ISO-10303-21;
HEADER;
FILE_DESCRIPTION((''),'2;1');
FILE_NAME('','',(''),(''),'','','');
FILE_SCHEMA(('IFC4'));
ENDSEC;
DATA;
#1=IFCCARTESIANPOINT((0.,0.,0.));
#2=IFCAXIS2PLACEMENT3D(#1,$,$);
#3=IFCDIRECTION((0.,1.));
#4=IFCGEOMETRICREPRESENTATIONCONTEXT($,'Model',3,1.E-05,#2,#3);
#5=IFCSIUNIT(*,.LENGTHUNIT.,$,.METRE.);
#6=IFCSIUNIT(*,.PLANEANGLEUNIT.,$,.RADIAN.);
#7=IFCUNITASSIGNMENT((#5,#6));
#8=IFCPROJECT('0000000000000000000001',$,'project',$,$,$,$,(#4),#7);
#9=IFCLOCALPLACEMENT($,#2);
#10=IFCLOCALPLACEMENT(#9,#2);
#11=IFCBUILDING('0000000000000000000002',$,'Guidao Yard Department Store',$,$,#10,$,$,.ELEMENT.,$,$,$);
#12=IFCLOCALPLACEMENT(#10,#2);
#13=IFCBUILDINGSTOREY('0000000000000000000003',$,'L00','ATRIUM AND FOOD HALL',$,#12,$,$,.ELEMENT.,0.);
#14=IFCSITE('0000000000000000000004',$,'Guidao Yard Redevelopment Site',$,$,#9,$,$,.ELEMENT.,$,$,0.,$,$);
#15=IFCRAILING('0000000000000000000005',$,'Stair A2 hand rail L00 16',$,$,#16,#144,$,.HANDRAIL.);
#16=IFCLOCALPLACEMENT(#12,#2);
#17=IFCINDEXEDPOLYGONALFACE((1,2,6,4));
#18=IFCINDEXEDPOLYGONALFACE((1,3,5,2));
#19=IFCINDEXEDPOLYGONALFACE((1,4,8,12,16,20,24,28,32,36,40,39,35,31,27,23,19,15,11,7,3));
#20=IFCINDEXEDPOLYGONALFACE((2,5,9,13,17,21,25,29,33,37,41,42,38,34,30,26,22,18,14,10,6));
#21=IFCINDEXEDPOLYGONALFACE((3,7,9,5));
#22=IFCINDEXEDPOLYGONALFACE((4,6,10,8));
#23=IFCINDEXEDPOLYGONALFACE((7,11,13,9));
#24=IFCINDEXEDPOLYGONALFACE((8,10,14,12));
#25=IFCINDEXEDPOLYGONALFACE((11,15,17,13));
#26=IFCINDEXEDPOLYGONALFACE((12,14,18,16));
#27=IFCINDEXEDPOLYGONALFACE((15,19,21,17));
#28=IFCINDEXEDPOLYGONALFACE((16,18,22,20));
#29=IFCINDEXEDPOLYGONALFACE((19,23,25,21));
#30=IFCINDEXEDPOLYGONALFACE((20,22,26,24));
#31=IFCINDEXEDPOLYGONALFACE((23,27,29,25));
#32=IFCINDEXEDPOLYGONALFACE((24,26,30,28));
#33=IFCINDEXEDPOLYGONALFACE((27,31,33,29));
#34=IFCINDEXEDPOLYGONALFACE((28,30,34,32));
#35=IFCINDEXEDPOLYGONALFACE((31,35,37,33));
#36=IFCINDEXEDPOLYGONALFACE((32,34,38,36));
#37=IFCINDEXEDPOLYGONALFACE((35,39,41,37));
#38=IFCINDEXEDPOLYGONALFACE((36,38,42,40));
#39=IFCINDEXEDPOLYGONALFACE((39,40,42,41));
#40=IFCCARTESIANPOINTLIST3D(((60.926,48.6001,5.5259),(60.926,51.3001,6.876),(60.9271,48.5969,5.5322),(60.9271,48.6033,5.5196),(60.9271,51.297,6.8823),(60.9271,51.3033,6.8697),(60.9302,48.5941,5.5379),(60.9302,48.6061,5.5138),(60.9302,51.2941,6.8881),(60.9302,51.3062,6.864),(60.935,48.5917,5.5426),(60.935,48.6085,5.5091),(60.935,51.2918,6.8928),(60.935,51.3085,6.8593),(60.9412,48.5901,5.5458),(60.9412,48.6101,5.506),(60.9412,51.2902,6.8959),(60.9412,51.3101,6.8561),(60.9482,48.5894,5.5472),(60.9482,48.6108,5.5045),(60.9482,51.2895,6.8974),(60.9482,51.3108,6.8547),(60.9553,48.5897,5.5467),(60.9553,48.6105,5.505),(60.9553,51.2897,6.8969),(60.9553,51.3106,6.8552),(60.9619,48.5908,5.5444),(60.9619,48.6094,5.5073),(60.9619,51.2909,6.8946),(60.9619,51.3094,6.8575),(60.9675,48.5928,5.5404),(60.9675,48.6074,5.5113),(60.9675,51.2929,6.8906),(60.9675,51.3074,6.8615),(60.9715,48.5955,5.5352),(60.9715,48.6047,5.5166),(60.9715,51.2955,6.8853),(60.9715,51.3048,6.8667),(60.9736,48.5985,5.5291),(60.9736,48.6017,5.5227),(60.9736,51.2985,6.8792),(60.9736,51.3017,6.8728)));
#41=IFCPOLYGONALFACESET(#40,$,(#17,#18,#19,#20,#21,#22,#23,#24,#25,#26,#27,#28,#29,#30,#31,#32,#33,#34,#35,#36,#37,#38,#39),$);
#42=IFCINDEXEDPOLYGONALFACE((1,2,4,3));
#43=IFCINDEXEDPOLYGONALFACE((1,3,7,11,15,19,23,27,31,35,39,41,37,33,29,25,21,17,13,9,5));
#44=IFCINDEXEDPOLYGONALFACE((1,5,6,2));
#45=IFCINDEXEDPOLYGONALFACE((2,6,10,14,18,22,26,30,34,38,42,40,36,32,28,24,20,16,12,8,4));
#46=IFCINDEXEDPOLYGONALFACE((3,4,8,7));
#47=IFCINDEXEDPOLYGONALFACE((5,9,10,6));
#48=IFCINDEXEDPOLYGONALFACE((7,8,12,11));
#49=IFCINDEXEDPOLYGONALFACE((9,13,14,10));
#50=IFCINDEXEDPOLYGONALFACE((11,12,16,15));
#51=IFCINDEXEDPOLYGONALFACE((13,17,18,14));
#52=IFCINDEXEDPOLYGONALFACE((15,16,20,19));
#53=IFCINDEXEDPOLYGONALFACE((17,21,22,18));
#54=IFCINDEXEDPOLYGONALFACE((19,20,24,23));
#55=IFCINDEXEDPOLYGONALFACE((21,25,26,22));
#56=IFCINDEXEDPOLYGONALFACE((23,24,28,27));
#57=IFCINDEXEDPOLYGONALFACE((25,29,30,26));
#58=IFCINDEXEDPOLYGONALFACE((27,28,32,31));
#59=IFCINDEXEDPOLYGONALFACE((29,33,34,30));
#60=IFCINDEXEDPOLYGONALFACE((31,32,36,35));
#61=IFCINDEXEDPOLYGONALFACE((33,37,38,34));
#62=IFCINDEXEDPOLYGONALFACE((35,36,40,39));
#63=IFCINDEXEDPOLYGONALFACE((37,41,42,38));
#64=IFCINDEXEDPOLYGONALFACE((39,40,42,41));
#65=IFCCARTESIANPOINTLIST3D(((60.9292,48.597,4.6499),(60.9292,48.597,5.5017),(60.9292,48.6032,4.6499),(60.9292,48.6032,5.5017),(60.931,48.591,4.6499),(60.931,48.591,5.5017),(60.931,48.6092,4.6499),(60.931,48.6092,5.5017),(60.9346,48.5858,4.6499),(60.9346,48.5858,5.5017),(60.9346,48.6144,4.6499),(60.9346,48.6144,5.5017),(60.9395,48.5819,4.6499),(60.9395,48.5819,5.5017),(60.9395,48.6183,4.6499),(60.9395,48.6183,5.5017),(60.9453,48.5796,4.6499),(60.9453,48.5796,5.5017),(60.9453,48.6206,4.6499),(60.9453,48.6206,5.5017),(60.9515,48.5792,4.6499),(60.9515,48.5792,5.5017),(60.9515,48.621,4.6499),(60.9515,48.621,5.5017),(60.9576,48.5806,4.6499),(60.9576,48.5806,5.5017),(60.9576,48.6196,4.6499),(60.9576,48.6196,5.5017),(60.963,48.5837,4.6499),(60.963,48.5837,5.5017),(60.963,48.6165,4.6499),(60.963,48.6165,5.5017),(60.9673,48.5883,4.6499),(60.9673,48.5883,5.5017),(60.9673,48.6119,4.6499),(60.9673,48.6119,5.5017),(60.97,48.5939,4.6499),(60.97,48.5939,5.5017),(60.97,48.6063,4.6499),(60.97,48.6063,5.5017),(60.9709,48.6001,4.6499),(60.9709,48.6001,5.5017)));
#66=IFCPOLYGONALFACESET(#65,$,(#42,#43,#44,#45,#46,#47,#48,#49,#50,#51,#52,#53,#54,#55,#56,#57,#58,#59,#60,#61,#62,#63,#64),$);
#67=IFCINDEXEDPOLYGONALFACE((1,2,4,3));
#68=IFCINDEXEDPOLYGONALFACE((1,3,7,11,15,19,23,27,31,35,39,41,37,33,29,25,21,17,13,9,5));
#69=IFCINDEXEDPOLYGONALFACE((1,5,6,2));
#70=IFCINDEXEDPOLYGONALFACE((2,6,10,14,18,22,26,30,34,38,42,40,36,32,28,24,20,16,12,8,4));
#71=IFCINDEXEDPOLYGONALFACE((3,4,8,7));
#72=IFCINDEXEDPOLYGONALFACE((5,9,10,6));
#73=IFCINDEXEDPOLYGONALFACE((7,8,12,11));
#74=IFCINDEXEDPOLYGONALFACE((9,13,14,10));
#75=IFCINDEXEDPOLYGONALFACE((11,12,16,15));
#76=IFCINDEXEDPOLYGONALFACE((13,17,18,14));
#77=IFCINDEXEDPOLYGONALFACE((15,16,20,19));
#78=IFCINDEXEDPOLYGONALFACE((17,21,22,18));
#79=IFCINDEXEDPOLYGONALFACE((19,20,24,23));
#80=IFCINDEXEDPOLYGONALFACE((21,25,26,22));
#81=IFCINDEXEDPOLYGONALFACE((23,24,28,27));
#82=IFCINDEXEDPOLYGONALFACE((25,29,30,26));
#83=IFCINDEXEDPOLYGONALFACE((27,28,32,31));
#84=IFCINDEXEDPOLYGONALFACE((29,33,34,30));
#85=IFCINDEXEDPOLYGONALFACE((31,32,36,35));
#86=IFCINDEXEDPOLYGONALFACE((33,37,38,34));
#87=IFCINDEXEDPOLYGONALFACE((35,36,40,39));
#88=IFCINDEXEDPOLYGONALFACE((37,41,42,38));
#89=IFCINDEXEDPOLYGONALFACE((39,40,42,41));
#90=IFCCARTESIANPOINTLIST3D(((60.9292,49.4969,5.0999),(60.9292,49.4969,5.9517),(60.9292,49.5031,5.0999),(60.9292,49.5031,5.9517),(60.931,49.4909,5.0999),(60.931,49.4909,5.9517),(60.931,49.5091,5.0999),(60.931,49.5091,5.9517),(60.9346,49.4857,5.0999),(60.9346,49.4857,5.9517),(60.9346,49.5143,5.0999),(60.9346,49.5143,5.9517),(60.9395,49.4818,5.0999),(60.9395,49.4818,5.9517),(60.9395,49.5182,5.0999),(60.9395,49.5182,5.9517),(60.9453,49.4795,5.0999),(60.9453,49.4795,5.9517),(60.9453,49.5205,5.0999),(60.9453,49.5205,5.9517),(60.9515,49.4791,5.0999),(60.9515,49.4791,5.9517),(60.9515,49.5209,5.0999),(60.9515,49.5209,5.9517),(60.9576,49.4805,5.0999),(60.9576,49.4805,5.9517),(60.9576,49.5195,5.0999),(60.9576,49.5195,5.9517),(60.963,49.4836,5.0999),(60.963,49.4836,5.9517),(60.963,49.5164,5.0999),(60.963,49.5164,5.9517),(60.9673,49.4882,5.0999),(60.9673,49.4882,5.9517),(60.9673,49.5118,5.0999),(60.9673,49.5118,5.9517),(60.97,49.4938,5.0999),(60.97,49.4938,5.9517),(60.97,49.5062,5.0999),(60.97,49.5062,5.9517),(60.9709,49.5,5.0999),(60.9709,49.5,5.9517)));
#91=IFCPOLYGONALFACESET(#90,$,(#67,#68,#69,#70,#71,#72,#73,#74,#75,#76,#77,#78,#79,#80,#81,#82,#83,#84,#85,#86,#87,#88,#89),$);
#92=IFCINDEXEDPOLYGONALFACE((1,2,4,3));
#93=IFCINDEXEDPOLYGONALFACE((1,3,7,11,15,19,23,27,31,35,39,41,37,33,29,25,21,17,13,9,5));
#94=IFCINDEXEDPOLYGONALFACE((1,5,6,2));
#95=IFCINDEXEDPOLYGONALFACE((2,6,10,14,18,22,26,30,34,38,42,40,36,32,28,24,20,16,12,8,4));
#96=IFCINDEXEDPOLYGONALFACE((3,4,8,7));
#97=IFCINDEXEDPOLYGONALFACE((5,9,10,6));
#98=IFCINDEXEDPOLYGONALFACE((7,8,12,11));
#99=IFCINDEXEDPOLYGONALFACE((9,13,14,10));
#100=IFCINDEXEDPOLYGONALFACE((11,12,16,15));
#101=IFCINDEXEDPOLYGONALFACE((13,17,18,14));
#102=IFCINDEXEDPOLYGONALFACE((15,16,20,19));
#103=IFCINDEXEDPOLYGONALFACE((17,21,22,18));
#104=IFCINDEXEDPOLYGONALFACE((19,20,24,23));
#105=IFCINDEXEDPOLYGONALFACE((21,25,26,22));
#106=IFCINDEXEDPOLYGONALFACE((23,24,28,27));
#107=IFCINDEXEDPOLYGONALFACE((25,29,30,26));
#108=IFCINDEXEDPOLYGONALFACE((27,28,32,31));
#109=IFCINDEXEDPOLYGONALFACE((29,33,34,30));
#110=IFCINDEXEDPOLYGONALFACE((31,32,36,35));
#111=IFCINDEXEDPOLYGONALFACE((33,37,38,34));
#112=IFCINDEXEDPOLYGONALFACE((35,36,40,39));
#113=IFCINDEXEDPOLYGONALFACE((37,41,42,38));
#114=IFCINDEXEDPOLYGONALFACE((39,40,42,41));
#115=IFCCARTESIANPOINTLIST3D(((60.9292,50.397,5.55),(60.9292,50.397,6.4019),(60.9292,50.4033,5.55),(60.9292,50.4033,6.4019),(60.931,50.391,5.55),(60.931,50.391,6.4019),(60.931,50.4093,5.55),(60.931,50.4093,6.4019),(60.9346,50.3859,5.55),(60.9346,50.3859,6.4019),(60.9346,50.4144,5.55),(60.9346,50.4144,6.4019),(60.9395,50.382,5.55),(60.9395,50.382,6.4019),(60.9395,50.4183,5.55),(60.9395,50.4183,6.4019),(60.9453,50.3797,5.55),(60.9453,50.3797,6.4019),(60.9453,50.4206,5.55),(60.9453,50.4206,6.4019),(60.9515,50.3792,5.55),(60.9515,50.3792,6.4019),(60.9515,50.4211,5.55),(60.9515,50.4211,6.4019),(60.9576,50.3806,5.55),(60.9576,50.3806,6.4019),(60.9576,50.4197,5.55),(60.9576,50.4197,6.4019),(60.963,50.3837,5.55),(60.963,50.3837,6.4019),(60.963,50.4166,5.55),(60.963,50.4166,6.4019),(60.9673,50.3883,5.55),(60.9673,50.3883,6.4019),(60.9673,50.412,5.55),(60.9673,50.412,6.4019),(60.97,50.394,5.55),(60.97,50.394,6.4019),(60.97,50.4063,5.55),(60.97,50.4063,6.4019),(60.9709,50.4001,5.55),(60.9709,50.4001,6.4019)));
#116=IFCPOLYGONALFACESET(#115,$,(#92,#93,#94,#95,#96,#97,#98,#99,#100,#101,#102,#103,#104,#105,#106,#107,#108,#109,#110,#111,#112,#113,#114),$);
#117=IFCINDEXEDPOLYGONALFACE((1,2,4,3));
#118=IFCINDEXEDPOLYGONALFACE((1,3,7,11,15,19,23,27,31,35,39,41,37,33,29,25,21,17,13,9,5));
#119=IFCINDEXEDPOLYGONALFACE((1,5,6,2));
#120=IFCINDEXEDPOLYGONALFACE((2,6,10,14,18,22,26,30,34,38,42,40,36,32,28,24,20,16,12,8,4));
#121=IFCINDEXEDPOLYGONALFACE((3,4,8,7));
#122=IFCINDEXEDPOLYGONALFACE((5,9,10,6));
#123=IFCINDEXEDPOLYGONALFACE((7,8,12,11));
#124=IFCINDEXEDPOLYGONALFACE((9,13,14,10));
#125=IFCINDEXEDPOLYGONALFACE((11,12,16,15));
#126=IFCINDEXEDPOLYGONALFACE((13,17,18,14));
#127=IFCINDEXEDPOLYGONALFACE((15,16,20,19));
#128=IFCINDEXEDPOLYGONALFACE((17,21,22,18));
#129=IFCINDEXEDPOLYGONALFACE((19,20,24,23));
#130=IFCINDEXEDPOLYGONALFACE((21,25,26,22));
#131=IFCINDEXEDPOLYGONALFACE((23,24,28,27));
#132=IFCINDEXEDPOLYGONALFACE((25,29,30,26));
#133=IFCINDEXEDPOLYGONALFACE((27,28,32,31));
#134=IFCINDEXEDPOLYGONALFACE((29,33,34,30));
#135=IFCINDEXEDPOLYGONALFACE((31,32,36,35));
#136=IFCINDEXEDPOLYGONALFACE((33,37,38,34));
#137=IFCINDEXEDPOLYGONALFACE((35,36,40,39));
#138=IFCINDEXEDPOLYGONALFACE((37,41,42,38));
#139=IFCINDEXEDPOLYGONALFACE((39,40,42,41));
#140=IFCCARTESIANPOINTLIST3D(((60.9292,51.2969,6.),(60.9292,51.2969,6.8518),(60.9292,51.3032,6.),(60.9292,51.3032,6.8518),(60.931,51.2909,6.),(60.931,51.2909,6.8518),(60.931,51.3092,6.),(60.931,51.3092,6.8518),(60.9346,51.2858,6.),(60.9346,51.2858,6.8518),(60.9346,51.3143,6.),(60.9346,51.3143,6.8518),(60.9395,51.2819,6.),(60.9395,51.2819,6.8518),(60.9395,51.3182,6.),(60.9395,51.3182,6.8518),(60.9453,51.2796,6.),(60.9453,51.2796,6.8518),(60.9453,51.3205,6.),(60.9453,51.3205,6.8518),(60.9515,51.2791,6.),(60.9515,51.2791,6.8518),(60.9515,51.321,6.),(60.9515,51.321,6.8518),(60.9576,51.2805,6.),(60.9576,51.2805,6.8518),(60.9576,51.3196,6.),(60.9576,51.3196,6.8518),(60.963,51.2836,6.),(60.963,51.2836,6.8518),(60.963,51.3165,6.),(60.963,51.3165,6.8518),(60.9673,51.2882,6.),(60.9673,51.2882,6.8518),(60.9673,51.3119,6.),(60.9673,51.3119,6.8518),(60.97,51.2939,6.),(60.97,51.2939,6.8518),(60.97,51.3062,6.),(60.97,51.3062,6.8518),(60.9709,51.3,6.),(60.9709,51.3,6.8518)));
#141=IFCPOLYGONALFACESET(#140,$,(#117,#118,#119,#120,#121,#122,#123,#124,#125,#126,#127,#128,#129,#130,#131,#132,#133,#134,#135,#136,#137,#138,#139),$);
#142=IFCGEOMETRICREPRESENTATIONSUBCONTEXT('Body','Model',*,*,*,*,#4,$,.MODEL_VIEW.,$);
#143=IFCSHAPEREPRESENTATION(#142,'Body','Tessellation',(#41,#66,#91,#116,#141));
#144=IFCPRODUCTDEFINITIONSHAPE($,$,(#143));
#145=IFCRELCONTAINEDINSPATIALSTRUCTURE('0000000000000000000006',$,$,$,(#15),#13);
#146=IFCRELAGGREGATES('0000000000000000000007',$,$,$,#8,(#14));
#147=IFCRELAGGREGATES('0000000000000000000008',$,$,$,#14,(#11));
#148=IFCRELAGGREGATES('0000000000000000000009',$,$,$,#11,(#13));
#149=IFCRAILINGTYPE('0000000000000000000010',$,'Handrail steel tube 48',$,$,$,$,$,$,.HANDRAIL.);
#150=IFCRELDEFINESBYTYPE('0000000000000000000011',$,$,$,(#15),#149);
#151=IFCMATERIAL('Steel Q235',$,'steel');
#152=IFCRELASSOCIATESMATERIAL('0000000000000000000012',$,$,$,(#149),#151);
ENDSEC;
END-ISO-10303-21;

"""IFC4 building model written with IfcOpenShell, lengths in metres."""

from ifc_helpers import new_model, si_unit, direction, frame, origin, origin_2d, place, context, subcontext, project, spatial, circle, extrude, material, type_object, element, save


model = new_model("IFC4")

# Units and contexts
model_context = context("Model", 3, precision=1e-05, world=origin(), true_north=direction((0.0, 1.0)))
body_context = subcontext(model_context, "Body", "Model", "MODEL_VIEW")
ifc_project = project(units=[si_unit("LENGTHUNIT", "METRE"), si_unit("PLANEANGLEUNIT", "RADIAN")], contexts=[model_context])

# Site, building, storey
site_placement = place(None, origin())
site = spatial("IfcSite", under=ifc_project, at=site_placement, Name="Guidao Yard Redevelopment Site", CompositionType="ELEMENT", RefElevation=0.0)
building_placement = place(site_placement, origin())
building = spatial("IfcBuilding", under=site, at=building_placement, Name="Guidao Yard Department Store", CompositionType="ELEMENT")
storey_placement = place(building_placement, origin())
storey = spatial("IfcBuildingStorey", under=building, at=storey_placement, Name="L00", Description="ATRIUM AND FOOD HALL", CompositionType="ELEMENT", Elevation=0.0)

# Railing
ifc_material_1 = material(Name="Steel Q235", Category="steel")
railing_type = type_object("IfcRailingType", Name="Handrail steel tube 48", PredefinedType="HANDRAIL", material=ifc_material_1)
for number, where, name in (
    (1, (60.95, 48.6001, 4.6499), "Stair A2 hand rail L00 16"),
):
    element("IfcRailing", number, at=place(storey_placement, frame(where)), inside=storey, type_object=railing_type, Name=name, PredefinedType="HANDRAIL", context=body_context, shape_type="SweptSolid", body=[
        extrude(circle(Radius=0.0239, at=origin_2d()), frame((0.0, 0.0, 0.876), z_axis=(0.0, 0.894411, 0.447246), x_axis=(-1.0, 0.0, 0.0)), (0.0, 0.0, 1.0), 3.0188),
        extrude(circle(Radius=0.021, at=origin_2d()), origin(), (0.0, 0.0, 1.0), 0.8518),
        extrude(circle(Radius=0.021, at=origin_2d()), frame((0.0, 0.8999, 0.45)), (0.0, 0.0, 1.0), 0.8518),
        extrude(circle(Radius=0.021, at=origin_2d()), frame((0.0, 1.8, 0.9001)), (0.0, 0.0, 1.0), 0.8518),
        extrude(circle(Radius=0.021, at=origin_2d()), frame((0.0, 2.7, 1.3501)), (0.0, 0.0, 1.0), 0.8518),
    ])

save(model, "model.ifc")
